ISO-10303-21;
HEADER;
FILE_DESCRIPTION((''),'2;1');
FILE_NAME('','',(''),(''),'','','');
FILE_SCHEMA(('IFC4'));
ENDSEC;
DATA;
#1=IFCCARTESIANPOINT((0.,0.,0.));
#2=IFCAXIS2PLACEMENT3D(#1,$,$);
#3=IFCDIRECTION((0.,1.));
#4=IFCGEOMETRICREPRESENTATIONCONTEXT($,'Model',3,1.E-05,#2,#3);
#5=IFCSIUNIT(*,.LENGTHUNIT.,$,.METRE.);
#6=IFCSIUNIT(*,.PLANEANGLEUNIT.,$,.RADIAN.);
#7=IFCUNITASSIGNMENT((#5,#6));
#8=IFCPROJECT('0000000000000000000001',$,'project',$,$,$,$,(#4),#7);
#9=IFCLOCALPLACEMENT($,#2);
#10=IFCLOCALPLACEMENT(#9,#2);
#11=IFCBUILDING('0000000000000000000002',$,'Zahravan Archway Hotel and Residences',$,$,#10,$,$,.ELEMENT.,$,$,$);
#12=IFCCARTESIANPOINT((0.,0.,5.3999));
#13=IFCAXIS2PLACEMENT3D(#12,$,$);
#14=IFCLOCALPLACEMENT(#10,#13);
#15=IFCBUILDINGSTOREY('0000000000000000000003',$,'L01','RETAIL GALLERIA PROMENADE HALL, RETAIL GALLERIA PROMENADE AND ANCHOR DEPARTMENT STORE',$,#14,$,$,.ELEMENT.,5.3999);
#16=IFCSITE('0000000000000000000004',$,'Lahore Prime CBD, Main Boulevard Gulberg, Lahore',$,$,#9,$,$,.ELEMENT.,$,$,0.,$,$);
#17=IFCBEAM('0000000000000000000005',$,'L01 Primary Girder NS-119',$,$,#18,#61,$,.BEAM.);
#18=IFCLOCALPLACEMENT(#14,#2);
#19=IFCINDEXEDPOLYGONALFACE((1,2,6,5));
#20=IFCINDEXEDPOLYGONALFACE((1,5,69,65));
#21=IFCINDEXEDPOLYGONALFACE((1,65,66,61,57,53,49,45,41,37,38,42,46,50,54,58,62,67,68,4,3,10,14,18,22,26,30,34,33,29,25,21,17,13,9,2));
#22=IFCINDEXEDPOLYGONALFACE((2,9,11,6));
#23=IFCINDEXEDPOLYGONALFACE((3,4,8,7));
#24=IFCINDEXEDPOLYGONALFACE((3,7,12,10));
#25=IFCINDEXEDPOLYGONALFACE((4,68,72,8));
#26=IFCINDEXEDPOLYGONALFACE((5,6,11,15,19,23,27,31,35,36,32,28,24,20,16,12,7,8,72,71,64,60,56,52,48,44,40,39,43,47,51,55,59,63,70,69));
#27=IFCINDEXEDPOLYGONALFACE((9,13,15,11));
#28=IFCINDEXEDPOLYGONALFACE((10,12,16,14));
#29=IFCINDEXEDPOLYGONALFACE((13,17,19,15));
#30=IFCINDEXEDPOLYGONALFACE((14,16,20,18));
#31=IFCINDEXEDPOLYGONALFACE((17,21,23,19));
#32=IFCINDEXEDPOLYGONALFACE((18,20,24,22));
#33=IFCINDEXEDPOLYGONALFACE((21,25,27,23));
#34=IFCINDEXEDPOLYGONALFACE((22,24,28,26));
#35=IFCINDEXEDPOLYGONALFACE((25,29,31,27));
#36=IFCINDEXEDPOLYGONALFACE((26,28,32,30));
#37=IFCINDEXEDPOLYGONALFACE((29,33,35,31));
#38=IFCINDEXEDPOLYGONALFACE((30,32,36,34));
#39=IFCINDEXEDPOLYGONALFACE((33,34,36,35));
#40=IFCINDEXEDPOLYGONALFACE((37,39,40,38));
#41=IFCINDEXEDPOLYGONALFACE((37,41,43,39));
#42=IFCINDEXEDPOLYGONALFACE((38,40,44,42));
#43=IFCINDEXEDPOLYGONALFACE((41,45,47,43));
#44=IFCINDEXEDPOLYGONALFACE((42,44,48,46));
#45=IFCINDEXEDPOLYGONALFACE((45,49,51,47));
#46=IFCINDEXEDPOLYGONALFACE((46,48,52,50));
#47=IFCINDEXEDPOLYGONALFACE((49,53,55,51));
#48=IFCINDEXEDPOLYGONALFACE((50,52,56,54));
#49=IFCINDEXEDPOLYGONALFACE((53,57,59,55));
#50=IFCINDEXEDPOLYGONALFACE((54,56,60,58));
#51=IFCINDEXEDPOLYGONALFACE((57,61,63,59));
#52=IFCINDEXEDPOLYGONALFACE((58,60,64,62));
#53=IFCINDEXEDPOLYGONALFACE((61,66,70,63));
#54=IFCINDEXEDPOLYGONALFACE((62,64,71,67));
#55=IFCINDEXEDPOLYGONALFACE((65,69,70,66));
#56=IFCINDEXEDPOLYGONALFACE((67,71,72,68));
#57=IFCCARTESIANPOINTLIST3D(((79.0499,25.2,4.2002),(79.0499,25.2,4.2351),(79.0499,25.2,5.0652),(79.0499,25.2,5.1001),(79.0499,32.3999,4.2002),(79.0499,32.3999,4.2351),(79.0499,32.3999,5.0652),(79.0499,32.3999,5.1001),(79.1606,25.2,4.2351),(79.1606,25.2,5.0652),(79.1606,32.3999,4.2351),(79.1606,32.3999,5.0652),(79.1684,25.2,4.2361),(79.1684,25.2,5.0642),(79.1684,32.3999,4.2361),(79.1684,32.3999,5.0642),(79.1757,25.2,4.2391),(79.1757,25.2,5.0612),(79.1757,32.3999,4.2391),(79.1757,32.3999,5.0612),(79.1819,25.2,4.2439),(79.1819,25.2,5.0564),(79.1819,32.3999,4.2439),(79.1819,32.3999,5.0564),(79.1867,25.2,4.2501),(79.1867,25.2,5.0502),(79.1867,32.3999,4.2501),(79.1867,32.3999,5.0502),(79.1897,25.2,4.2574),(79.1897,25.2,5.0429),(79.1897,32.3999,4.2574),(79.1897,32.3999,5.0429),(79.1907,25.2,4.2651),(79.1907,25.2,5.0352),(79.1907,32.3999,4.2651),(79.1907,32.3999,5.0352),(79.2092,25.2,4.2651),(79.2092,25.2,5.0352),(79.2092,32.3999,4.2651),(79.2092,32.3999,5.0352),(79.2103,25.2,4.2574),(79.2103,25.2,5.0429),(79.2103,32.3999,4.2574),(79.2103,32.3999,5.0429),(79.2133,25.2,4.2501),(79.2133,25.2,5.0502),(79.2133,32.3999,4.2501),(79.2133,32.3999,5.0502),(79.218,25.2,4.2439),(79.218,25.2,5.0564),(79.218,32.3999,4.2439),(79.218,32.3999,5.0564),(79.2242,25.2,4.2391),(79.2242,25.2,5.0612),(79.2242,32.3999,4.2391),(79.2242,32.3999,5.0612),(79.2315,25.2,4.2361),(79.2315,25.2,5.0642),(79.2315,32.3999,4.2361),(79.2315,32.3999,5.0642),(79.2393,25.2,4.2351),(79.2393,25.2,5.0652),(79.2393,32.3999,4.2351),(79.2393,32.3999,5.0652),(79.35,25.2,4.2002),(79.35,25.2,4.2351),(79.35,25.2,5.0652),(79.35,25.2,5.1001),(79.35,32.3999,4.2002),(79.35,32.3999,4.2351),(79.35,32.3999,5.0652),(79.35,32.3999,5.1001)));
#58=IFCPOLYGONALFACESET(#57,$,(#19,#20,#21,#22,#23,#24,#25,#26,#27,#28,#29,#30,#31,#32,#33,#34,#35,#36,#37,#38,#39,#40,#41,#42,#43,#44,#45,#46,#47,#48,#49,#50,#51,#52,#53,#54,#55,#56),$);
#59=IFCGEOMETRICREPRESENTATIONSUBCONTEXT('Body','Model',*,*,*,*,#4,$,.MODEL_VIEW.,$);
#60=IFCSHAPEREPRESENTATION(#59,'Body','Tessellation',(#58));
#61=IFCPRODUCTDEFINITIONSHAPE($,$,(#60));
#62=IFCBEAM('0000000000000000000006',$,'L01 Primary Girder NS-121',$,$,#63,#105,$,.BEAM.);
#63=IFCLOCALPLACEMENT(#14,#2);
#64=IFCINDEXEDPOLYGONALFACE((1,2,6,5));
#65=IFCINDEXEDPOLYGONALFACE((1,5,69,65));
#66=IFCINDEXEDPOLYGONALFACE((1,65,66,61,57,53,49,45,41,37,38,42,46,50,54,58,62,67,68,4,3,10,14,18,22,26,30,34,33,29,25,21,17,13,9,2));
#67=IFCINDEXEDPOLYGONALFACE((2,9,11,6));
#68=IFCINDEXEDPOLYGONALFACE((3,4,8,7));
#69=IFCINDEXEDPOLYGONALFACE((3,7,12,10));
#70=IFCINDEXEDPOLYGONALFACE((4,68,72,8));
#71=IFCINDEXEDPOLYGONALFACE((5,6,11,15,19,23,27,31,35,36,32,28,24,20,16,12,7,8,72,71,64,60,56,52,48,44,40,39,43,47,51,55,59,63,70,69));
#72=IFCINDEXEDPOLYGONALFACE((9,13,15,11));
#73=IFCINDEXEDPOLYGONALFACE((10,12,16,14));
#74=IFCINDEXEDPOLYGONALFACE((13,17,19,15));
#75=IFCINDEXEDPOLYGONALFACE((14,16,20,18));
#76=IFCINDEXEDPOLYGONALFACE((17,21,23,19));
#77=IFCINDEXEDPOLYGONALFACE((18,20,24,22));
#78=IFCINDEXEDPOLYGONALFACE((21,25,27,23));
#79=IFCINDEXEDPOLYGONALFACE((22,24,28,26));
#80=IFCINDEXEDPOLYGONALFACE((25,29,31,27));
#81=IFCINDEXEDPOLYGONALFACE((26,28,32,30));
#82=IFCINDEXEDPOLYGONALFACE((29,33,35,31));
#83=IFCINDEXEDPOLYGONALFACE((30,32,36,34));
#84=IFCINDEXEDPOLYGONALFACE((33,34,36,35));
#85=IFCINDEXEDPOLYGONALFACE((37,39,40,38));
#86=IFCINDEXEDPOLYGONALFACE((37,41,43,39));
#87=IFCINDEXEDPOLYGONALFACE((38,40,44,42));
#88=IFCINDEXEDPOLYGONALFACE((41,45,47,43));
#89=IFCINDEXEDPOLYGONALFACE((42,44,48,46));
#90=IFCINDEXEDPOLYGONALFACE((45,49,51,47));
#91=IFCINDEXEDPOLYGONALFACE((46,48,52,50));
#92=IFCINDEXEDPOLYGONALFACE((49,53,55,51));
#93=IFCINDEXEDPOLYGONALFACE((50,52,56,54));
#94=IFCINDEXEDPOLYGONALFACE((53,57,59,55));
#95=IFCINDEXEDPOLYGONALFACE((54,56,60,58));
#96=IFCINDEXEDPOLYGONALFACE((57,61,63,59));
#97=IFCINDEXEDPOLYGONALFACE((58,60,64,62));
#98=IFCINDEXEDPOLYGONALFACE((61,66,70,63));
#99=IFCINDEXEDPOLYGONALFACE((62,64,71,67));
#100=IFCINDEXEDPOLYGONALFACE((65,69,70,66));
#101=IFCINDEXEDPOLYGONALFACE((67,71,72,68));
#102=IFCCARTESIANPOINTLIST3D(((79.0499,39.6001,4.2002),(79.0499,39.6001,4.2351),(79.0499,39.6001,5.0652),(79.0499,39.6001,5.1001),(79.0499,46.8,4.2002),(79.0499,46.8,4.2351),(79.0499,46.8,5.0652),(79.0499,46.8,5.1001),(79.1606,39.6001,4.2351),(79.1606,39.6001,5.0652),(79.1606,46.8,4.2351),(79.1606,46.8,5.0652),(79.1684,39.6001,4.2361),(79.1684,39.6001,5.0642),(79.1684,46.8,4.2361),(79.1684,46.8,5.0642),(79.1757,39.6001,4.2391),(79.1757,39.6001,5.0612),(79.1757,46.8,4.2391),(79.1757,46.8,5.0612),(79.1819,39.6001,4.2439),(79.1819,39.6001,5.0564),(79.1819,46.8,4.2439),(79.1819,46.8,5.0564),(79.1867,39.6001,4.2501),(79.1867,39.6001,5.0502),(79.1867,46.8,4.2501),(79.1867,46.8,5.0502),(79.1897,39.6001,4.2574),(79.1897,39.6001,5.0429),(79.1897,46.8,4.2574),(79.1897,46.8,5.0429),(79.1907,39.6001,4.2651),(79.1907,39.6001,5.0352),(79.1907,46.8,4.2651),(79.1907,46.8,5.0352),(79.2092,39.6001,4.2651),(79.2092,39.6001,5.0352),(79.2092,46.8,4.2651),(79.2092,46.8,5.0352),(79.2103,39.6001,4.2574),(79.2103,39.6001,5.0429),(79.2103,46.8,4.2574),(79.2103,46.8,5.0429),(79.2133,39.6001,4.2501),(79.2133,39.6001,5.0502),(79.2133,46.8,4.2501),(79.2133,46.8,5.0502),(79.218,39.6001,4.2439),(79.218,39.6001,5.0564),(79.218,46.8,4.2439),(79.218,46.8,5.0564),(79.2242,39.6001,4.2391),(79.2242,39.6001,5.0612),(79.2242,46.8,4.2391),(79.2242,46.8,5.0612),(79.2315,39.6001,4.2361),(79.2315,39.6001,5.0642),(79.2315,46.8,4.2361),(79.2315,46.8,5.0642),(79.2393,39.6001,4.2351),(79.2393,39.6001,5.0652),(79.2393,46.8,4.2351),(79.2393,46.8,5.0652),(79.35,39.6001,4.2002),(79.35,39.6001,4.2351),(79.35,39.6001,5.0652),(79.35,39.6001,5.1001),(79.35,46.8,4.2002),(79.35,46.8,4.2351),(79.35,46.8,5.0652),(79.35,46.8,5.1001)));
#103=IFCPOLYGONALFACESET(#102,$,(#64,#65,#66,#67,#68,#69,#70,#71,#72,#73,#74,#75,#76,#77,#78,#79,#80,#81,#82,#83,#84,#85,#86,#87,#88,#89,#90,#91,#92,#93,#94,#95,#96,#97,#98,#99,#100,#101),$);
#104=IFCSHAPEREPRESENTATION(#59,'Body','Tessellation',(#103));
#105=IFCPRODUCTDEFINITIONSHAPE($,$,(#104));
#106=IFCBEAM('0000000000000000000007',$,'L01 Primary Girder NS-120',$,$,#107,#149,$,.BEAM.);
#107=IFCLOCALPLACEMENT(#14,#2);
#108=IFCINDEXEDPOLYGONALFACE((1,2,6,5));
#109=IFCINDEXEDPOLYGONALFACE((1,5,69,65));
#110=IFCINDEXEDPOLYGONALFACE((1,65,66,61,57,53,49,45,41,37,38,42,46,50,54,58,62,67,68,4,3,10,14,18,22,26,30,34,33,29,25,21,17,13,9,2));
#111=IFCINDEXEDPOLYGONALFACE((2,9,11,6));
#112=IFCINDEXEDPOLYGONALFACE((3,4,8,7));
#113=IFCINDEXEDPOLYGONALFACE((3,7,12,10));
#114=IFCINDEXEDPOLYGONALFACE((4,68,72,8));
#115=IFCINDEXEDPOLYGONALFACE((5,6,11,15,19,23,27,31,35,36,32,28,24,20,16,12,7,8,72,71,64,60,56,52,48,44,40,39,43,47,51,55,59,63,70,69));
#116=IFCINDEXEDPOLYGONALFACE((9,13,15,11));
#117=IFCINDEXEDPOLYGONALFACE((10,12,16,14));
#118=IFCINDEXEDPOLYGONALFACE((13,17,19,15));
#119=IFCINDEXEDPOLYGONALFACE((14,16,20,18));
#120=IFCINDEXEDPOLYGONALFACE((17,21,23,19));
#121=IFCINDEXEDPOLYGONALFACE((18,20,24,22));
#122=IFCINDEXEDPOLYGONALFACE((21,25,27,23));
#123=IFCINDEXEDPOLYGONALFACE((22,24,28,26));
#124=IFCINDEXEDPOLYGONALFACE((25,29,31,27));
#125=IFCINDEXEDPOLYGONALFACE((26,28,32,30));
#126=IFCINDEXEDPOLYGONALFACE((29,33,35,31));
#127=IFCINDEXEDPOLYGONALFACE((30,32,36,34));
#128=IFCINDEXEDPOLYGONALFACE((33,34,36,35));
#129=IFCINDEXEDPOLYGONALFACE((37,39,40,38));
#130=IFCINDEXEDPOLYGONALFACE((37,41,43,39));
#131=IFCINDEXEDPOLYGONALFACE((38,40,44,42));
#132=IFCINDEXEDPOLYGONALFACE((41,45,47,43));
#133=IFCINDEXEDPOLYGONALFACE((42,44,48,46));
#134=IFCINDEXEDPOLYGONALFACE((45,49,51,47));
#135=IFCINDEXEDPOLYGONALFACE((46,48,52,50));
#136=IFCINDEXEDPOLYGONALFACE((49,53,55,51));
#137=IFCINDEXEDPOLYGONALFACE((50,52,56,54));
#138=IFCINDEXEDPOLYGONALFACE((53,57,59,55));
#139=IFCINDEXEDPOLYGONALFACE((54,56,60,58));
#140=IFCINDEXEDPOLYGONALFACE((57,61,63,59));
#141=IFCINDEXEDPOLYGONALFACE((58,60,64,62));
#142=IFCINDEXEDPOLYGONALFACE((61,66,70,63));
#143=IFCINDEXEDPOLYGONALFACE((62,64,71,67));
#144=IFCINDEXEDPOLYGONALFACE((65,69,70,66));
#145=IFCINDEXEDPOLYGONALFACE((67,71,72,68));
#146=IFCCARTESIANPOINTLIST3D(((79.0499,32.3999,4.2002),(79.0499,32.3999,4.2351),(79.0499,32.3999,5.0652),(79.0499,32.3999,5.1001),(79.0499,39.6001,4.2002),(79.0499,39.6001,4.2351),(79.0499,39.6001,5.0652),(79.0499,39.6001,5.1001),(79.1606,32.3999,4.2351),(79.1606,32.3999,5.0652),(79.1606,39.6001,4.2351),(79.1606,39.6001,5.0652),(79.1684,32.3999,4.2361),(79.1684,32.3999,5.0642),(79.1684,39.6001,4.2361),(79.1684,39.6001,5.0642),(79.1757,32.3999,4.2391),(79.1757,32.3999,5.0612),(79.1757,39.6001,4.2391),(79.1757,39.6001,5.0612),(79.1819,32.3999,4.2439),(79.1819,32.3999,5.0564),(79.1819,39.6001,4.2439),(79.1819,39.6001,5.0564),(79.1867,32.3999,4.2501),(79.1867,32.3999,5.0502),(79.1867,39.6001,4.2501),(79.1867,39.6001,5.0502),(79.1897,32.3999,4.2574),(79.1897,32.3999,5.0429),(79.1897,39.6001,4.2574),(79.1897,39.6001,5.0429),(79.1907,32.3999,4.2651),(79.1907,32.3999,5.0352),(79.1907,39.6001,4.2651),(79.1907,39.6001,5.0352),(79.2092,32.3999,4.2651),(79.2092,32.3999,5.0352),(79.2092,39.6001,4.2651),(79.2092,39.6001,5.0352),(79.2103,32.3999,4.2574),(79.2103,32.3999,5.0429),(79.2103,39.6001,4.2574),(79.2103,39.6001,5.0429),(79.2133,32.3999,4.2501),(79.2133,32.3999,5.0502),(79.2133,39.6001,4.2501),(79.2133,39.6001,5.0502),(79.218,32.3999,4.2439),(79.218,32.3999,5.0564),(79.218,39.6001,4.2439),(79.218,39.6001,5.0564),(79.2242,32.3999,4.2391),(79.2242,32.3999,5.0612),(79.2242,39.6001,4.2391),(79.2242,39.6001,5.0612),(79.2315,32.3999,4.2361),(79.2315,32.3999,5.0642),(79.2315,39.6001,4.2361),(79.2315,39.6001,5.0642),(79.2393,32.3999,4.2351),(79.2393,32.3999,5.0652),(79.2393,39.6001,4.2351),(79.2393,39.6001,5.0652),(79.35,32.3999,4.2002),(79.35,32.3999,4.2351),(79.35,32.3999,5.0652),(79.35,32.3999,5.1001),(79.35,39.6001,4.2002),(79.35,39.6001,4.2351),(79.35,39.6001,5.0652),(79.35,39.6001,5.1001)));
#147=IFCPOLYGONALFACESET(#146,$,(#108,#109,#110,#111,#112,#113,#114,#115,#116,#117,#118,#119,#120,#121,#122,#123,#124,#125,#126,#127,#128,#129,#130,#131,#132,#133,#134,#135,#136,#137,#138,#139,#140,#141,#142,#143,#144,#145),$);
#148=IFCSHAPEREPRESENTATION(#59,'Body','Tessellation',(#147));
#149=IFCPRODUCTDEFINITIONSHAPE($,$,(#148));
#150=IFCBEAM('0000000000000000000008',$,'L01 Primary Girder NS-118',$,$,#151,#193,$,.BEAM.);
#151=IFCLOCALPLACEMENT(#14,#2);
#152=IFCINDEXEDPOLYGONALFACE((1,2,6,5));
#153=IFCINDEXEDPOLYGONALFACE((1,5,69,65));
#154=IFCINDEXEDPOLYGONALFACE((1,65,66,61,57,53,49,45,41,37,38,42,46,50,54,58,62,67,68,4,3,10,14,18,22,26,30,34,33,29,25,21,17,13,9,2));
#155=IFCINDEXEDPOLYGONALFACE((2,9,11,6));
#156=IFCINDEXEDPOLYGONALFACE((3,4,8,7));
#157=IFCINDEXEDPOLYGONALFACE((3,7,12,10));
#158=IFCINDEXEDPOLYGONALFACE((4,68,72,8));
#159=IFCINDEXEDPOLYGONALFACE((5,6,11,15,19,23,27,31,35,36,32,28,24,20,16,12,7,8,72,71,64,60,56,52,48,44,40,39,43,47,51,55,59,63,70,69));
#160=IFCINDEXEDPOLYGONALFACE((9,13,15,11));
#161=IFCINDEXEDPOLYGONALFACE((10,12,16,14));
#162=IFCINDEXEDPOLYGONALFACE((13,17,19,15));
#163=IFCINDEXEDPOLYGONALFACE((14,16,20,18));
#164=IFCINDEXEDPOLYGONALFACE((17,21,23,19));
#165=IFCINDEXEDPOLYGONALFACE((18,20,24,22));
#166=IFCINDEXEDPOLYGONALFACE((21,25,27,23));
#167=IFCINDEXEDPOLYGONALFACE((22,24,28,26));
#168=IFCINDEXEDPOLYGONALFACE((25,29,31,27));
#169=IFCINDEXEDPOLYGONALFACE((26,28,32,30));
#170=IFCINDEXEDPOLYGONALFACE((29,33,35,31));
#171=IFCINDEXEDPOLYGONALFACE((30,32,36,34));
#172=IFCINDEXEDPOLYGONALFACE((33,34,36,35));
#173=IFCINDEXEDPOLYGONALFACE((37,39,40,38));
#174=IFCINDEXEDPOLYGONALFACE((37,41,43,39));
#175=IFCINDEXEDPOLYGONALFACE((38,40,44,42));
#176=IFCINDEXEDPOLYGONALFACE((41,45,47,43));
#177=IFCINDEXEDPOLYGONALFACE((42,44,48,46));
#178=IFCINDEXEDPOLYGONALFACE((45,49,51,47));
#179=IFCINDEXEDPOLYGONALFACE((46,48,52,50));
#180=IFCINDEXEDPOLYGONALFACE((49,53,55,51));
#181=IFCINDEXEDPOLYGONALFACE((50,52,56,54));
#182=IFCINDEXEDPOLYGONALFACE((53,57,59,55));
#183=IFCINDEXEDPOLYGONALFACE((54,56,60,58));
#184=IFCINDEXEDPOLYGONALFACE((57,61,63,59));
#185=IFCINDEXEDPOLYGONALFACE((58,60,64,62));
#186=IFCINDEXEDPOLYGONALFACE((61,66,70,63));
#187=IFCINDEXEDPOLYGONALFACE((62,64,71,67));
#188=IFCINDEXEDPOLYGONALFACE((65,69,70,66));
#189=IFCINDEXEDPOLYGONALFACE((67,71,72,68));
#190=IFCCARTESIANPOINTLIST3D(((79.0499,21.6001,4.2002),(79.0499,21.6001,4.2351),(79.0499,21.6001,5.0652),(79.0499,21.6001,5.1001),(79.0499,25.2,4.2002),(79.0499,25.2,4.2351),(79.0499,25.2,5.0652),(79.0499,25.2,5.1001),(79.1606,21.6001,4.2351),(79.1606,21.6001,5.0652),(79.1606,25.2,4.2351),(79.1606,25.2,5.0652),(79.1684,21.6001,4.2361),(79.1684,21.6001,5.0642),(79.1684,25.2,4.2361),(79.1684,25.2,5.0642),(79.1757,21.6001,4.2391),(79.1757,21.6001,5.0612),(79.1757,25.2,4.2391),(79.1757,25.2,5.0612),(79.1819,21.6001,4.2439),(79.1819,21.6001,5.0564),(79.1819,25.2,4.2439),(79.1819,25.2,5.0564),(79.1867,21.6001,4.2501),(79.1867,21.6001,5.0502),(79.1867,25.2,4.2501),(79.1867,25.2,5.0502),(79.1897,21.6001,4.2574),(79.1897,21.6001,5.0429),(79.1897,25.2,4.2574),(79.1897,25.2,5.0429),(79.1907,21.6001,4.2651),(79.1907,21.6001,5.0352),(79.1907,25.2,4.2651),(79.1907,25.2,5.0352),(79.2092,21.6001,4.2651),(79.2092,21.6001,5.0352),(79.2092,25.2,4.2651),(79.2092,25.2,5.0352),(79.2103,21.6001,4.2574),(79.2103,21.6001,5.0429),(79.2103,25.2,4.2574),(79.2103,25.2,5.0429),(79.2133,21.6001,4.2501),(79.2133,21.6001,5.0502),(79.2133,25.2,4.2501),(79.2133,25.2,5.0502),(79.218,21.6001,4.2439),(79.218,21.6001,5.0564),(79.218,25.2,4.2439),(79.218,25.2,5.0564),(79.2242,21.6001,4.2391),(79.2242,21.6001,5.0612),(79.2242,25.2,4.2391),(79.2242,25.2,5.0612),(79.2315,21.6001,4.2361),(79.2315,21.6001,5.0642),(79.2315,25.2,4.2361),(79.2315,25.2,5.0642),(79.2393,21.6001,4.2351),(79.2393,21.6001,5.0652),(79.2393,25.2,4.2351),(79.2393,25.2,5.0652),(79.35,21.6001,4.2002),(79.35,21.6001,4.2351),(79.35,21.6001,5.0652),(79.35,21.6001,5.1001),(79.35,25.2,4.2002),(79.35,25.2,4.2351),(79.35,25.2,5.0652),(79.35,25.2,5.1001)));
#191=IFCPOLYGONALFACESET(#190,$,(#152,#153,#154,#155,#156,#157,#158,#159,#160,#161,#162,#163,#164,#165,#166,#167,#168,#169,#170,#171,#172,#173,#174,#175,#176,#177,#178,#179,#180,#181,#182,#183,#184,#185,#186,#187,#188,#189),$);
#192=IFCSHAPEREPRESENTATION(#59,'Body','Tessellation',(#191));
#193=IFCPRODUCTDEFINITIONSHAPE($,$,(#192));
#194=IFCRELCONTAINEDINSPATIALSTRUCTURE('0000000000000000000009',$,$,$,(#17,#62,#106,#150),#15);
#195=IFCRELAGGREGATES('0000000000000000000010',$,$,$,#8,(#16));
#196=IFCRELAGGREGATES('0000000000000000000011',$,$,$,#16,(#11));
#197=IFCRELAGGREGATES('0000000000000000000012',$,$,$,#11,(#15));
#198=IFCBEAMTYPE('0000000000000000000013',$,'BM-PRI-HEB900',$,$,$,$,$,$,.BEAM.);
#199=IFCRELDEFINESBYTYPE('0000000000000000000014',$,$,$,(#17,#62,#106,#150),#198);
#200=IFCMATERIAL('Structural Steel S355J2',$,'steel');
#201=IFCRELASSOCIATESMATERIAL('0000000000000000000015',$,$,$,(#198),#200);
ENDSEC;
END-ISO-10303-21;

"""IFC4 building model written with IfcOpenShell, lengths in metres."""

from ifc_helpers import new_model, si_unit, direction, frame, origin, origin_2d, place, context, subcontext, project, spatial, i_section, extrude, source, transform, mapped, material, material_profile, profile_set, type_object, element, save


model = new_model("IFC4")

# Units and contexts
model_context = context("Model", 3, precision=1e-05, world=origin(), true_north=direction((0.0, 1.0)))
body_context = subcontext(model_context, "Body", "Model", "MODEL_VIEW")
ifc_project = project(units=[si_unit("LENGTHUNIT", "METRE"), si_unit("PLANEANGLEUNIT", "RADIAN")], contexts=[model_context])

# Site, building, storey
site_placement = place(None, origin())
site = spatial("IfcSite", under=ifc_project, at=site_placement, Name="Lahore Prime CBD, Main Boulevard Gulberg, Lahore", CompositionType="ELEMENT", RefElevation=0.0)
building_placement = place(site_placement, origin())
building = spatial("IfcBuilding", under=site, at=building_placement, Name="Zahravan Archway Hotel and Residences", CompositionType="ELEMENT")
storey_placement = place(building_placement, frame((0.0, 0.0, 5.3999)))
storey = spatial("IfcBuildingStorey", under=building, at=storey_placement, Name="L01", Description="RETAIL GALLERIA PROMENADE HALL, RETAIL GALLERIA PROMENADE AND ANCHOR DEPARTMENT STORE", CompositionType="ELEMENT", Elevation=5.3999)

# Beams
ifc_material_1 = material(Name="Structural Steel S355J2", Category="steel")
ifc_material_profile_1 = material_profile(ifc_material_1, i_section(OverallWidth=0.3, OverallDepth=0.8999, WebThickness=0.0186, FlangeThickness=0.0349, FilletRadius=0.03, at=origin_2d()), Name="HEB 900", Category="steel")
ifc_profile_set_1 = profile_set([ifc_material_profile_1], Name="Structural Steel S355J2")
beam_type_1 = type_object("IfcBeamType", Name="BM-PRI-HEB900", PredefinedType="BEAM", material=ifc_profile_set_1)
shared_shape_1 = source(origin(), body_context, "Body", "SweptSolid", [
    extrude(i_section(OverallWidth=0.3, OverallDepth=0.8999, WebThickness=0.0186, FlangeThickness=0.0349, FilletRadius=0.03, at=origin_2d()), origin(), (0.0, 0.0, 1.0), 7.2),
])
for number, where, z_axis, x_axis, name in (
    (1, (79.2, 25.2, 4.6501), (0.0, 1.0, 0.0), (-1.0, 0.0, 0.0), "L01 Primary Girder NS-119"),
    (2, (79.2, 39.6001, 4.6501), (0.0, 1.0, 0.0), (-1.0, 0.0, 0.0), "L01 Primary Girder NS-121"),
):
    element("IfcBeam", number, at=place(storey_placement, frame(where, z_axis=z_axis, x_axis=x_axis)), inside=storey, type_object=beam_type_1, Name=name, PredefinedType="BEAM", context=body_context, shape_type="MappedRepresentation", body=[
        mapped(shared_shape_1, transform((0.0, 0.0, 0.0), scale=1.0)),
    ])
shared_shape_2 = source(origin(), body_context, "Body", "SweptSolid", [
    extrude(i_section(OverallWidth=0.3, OverallDepth=0.8999, WebThickness=0.0186, FlangeThickness=0.0349, FilletRadius=0.03, at=origin_2d()), origin(), (0.0, 0.0, 1.0), 7.2002),
])
beam_1_placement = place(storey_placement, frame((79.2, 32.3999, 4.6501), z_axis=(0.0, 1.0, 0.0), x_axis=(-1.0, 0.0, 0.0)))
element("IfcBeam", 3, at=beam_1_placement, inside=storey, type_object=beam_type_1, Name="L01 Primary Girder NS-120", PredefinedType="BEAM", context=body_context, shape_type="MappedRepresentation", body=[
    mapped(shared_shape_2, transform((0.0, 0.0, 0.0), scale=1.0)),
])
shared_shape_3 = source(origin(), body_context, "Body", "SweptSolid", [
    extrude(i_section(OverallWidth=0.3, OverallDepth=0.8999, WebThickness=0.0186, FlangeThickness=0.0349, FilletRadius=0.03, at=origin_2d()), origin(), (0.0, 0.0, 1.0), 3.5999),
])
beam_2_placement = place(storey_placement, frame((79.2, 21.6001, 4.6501), z_axis=(0.0, 1.0, 0.0), x_axis=(-1.0, 0.0, 0.0)))
element("IfcBeam", 4, at=beam_2_placement, inside=storey, type_object=beam_type_1, Name="L01 Primary Girder NS-118", PredefinedType="BEAM", context=body_context, shape_type="MappedRepresentation", body=[
    mapped(shared_shape_3, transform((0.0, 0.0, 0.0), scale=1.0)),
])

save(model, "model.ifc")
